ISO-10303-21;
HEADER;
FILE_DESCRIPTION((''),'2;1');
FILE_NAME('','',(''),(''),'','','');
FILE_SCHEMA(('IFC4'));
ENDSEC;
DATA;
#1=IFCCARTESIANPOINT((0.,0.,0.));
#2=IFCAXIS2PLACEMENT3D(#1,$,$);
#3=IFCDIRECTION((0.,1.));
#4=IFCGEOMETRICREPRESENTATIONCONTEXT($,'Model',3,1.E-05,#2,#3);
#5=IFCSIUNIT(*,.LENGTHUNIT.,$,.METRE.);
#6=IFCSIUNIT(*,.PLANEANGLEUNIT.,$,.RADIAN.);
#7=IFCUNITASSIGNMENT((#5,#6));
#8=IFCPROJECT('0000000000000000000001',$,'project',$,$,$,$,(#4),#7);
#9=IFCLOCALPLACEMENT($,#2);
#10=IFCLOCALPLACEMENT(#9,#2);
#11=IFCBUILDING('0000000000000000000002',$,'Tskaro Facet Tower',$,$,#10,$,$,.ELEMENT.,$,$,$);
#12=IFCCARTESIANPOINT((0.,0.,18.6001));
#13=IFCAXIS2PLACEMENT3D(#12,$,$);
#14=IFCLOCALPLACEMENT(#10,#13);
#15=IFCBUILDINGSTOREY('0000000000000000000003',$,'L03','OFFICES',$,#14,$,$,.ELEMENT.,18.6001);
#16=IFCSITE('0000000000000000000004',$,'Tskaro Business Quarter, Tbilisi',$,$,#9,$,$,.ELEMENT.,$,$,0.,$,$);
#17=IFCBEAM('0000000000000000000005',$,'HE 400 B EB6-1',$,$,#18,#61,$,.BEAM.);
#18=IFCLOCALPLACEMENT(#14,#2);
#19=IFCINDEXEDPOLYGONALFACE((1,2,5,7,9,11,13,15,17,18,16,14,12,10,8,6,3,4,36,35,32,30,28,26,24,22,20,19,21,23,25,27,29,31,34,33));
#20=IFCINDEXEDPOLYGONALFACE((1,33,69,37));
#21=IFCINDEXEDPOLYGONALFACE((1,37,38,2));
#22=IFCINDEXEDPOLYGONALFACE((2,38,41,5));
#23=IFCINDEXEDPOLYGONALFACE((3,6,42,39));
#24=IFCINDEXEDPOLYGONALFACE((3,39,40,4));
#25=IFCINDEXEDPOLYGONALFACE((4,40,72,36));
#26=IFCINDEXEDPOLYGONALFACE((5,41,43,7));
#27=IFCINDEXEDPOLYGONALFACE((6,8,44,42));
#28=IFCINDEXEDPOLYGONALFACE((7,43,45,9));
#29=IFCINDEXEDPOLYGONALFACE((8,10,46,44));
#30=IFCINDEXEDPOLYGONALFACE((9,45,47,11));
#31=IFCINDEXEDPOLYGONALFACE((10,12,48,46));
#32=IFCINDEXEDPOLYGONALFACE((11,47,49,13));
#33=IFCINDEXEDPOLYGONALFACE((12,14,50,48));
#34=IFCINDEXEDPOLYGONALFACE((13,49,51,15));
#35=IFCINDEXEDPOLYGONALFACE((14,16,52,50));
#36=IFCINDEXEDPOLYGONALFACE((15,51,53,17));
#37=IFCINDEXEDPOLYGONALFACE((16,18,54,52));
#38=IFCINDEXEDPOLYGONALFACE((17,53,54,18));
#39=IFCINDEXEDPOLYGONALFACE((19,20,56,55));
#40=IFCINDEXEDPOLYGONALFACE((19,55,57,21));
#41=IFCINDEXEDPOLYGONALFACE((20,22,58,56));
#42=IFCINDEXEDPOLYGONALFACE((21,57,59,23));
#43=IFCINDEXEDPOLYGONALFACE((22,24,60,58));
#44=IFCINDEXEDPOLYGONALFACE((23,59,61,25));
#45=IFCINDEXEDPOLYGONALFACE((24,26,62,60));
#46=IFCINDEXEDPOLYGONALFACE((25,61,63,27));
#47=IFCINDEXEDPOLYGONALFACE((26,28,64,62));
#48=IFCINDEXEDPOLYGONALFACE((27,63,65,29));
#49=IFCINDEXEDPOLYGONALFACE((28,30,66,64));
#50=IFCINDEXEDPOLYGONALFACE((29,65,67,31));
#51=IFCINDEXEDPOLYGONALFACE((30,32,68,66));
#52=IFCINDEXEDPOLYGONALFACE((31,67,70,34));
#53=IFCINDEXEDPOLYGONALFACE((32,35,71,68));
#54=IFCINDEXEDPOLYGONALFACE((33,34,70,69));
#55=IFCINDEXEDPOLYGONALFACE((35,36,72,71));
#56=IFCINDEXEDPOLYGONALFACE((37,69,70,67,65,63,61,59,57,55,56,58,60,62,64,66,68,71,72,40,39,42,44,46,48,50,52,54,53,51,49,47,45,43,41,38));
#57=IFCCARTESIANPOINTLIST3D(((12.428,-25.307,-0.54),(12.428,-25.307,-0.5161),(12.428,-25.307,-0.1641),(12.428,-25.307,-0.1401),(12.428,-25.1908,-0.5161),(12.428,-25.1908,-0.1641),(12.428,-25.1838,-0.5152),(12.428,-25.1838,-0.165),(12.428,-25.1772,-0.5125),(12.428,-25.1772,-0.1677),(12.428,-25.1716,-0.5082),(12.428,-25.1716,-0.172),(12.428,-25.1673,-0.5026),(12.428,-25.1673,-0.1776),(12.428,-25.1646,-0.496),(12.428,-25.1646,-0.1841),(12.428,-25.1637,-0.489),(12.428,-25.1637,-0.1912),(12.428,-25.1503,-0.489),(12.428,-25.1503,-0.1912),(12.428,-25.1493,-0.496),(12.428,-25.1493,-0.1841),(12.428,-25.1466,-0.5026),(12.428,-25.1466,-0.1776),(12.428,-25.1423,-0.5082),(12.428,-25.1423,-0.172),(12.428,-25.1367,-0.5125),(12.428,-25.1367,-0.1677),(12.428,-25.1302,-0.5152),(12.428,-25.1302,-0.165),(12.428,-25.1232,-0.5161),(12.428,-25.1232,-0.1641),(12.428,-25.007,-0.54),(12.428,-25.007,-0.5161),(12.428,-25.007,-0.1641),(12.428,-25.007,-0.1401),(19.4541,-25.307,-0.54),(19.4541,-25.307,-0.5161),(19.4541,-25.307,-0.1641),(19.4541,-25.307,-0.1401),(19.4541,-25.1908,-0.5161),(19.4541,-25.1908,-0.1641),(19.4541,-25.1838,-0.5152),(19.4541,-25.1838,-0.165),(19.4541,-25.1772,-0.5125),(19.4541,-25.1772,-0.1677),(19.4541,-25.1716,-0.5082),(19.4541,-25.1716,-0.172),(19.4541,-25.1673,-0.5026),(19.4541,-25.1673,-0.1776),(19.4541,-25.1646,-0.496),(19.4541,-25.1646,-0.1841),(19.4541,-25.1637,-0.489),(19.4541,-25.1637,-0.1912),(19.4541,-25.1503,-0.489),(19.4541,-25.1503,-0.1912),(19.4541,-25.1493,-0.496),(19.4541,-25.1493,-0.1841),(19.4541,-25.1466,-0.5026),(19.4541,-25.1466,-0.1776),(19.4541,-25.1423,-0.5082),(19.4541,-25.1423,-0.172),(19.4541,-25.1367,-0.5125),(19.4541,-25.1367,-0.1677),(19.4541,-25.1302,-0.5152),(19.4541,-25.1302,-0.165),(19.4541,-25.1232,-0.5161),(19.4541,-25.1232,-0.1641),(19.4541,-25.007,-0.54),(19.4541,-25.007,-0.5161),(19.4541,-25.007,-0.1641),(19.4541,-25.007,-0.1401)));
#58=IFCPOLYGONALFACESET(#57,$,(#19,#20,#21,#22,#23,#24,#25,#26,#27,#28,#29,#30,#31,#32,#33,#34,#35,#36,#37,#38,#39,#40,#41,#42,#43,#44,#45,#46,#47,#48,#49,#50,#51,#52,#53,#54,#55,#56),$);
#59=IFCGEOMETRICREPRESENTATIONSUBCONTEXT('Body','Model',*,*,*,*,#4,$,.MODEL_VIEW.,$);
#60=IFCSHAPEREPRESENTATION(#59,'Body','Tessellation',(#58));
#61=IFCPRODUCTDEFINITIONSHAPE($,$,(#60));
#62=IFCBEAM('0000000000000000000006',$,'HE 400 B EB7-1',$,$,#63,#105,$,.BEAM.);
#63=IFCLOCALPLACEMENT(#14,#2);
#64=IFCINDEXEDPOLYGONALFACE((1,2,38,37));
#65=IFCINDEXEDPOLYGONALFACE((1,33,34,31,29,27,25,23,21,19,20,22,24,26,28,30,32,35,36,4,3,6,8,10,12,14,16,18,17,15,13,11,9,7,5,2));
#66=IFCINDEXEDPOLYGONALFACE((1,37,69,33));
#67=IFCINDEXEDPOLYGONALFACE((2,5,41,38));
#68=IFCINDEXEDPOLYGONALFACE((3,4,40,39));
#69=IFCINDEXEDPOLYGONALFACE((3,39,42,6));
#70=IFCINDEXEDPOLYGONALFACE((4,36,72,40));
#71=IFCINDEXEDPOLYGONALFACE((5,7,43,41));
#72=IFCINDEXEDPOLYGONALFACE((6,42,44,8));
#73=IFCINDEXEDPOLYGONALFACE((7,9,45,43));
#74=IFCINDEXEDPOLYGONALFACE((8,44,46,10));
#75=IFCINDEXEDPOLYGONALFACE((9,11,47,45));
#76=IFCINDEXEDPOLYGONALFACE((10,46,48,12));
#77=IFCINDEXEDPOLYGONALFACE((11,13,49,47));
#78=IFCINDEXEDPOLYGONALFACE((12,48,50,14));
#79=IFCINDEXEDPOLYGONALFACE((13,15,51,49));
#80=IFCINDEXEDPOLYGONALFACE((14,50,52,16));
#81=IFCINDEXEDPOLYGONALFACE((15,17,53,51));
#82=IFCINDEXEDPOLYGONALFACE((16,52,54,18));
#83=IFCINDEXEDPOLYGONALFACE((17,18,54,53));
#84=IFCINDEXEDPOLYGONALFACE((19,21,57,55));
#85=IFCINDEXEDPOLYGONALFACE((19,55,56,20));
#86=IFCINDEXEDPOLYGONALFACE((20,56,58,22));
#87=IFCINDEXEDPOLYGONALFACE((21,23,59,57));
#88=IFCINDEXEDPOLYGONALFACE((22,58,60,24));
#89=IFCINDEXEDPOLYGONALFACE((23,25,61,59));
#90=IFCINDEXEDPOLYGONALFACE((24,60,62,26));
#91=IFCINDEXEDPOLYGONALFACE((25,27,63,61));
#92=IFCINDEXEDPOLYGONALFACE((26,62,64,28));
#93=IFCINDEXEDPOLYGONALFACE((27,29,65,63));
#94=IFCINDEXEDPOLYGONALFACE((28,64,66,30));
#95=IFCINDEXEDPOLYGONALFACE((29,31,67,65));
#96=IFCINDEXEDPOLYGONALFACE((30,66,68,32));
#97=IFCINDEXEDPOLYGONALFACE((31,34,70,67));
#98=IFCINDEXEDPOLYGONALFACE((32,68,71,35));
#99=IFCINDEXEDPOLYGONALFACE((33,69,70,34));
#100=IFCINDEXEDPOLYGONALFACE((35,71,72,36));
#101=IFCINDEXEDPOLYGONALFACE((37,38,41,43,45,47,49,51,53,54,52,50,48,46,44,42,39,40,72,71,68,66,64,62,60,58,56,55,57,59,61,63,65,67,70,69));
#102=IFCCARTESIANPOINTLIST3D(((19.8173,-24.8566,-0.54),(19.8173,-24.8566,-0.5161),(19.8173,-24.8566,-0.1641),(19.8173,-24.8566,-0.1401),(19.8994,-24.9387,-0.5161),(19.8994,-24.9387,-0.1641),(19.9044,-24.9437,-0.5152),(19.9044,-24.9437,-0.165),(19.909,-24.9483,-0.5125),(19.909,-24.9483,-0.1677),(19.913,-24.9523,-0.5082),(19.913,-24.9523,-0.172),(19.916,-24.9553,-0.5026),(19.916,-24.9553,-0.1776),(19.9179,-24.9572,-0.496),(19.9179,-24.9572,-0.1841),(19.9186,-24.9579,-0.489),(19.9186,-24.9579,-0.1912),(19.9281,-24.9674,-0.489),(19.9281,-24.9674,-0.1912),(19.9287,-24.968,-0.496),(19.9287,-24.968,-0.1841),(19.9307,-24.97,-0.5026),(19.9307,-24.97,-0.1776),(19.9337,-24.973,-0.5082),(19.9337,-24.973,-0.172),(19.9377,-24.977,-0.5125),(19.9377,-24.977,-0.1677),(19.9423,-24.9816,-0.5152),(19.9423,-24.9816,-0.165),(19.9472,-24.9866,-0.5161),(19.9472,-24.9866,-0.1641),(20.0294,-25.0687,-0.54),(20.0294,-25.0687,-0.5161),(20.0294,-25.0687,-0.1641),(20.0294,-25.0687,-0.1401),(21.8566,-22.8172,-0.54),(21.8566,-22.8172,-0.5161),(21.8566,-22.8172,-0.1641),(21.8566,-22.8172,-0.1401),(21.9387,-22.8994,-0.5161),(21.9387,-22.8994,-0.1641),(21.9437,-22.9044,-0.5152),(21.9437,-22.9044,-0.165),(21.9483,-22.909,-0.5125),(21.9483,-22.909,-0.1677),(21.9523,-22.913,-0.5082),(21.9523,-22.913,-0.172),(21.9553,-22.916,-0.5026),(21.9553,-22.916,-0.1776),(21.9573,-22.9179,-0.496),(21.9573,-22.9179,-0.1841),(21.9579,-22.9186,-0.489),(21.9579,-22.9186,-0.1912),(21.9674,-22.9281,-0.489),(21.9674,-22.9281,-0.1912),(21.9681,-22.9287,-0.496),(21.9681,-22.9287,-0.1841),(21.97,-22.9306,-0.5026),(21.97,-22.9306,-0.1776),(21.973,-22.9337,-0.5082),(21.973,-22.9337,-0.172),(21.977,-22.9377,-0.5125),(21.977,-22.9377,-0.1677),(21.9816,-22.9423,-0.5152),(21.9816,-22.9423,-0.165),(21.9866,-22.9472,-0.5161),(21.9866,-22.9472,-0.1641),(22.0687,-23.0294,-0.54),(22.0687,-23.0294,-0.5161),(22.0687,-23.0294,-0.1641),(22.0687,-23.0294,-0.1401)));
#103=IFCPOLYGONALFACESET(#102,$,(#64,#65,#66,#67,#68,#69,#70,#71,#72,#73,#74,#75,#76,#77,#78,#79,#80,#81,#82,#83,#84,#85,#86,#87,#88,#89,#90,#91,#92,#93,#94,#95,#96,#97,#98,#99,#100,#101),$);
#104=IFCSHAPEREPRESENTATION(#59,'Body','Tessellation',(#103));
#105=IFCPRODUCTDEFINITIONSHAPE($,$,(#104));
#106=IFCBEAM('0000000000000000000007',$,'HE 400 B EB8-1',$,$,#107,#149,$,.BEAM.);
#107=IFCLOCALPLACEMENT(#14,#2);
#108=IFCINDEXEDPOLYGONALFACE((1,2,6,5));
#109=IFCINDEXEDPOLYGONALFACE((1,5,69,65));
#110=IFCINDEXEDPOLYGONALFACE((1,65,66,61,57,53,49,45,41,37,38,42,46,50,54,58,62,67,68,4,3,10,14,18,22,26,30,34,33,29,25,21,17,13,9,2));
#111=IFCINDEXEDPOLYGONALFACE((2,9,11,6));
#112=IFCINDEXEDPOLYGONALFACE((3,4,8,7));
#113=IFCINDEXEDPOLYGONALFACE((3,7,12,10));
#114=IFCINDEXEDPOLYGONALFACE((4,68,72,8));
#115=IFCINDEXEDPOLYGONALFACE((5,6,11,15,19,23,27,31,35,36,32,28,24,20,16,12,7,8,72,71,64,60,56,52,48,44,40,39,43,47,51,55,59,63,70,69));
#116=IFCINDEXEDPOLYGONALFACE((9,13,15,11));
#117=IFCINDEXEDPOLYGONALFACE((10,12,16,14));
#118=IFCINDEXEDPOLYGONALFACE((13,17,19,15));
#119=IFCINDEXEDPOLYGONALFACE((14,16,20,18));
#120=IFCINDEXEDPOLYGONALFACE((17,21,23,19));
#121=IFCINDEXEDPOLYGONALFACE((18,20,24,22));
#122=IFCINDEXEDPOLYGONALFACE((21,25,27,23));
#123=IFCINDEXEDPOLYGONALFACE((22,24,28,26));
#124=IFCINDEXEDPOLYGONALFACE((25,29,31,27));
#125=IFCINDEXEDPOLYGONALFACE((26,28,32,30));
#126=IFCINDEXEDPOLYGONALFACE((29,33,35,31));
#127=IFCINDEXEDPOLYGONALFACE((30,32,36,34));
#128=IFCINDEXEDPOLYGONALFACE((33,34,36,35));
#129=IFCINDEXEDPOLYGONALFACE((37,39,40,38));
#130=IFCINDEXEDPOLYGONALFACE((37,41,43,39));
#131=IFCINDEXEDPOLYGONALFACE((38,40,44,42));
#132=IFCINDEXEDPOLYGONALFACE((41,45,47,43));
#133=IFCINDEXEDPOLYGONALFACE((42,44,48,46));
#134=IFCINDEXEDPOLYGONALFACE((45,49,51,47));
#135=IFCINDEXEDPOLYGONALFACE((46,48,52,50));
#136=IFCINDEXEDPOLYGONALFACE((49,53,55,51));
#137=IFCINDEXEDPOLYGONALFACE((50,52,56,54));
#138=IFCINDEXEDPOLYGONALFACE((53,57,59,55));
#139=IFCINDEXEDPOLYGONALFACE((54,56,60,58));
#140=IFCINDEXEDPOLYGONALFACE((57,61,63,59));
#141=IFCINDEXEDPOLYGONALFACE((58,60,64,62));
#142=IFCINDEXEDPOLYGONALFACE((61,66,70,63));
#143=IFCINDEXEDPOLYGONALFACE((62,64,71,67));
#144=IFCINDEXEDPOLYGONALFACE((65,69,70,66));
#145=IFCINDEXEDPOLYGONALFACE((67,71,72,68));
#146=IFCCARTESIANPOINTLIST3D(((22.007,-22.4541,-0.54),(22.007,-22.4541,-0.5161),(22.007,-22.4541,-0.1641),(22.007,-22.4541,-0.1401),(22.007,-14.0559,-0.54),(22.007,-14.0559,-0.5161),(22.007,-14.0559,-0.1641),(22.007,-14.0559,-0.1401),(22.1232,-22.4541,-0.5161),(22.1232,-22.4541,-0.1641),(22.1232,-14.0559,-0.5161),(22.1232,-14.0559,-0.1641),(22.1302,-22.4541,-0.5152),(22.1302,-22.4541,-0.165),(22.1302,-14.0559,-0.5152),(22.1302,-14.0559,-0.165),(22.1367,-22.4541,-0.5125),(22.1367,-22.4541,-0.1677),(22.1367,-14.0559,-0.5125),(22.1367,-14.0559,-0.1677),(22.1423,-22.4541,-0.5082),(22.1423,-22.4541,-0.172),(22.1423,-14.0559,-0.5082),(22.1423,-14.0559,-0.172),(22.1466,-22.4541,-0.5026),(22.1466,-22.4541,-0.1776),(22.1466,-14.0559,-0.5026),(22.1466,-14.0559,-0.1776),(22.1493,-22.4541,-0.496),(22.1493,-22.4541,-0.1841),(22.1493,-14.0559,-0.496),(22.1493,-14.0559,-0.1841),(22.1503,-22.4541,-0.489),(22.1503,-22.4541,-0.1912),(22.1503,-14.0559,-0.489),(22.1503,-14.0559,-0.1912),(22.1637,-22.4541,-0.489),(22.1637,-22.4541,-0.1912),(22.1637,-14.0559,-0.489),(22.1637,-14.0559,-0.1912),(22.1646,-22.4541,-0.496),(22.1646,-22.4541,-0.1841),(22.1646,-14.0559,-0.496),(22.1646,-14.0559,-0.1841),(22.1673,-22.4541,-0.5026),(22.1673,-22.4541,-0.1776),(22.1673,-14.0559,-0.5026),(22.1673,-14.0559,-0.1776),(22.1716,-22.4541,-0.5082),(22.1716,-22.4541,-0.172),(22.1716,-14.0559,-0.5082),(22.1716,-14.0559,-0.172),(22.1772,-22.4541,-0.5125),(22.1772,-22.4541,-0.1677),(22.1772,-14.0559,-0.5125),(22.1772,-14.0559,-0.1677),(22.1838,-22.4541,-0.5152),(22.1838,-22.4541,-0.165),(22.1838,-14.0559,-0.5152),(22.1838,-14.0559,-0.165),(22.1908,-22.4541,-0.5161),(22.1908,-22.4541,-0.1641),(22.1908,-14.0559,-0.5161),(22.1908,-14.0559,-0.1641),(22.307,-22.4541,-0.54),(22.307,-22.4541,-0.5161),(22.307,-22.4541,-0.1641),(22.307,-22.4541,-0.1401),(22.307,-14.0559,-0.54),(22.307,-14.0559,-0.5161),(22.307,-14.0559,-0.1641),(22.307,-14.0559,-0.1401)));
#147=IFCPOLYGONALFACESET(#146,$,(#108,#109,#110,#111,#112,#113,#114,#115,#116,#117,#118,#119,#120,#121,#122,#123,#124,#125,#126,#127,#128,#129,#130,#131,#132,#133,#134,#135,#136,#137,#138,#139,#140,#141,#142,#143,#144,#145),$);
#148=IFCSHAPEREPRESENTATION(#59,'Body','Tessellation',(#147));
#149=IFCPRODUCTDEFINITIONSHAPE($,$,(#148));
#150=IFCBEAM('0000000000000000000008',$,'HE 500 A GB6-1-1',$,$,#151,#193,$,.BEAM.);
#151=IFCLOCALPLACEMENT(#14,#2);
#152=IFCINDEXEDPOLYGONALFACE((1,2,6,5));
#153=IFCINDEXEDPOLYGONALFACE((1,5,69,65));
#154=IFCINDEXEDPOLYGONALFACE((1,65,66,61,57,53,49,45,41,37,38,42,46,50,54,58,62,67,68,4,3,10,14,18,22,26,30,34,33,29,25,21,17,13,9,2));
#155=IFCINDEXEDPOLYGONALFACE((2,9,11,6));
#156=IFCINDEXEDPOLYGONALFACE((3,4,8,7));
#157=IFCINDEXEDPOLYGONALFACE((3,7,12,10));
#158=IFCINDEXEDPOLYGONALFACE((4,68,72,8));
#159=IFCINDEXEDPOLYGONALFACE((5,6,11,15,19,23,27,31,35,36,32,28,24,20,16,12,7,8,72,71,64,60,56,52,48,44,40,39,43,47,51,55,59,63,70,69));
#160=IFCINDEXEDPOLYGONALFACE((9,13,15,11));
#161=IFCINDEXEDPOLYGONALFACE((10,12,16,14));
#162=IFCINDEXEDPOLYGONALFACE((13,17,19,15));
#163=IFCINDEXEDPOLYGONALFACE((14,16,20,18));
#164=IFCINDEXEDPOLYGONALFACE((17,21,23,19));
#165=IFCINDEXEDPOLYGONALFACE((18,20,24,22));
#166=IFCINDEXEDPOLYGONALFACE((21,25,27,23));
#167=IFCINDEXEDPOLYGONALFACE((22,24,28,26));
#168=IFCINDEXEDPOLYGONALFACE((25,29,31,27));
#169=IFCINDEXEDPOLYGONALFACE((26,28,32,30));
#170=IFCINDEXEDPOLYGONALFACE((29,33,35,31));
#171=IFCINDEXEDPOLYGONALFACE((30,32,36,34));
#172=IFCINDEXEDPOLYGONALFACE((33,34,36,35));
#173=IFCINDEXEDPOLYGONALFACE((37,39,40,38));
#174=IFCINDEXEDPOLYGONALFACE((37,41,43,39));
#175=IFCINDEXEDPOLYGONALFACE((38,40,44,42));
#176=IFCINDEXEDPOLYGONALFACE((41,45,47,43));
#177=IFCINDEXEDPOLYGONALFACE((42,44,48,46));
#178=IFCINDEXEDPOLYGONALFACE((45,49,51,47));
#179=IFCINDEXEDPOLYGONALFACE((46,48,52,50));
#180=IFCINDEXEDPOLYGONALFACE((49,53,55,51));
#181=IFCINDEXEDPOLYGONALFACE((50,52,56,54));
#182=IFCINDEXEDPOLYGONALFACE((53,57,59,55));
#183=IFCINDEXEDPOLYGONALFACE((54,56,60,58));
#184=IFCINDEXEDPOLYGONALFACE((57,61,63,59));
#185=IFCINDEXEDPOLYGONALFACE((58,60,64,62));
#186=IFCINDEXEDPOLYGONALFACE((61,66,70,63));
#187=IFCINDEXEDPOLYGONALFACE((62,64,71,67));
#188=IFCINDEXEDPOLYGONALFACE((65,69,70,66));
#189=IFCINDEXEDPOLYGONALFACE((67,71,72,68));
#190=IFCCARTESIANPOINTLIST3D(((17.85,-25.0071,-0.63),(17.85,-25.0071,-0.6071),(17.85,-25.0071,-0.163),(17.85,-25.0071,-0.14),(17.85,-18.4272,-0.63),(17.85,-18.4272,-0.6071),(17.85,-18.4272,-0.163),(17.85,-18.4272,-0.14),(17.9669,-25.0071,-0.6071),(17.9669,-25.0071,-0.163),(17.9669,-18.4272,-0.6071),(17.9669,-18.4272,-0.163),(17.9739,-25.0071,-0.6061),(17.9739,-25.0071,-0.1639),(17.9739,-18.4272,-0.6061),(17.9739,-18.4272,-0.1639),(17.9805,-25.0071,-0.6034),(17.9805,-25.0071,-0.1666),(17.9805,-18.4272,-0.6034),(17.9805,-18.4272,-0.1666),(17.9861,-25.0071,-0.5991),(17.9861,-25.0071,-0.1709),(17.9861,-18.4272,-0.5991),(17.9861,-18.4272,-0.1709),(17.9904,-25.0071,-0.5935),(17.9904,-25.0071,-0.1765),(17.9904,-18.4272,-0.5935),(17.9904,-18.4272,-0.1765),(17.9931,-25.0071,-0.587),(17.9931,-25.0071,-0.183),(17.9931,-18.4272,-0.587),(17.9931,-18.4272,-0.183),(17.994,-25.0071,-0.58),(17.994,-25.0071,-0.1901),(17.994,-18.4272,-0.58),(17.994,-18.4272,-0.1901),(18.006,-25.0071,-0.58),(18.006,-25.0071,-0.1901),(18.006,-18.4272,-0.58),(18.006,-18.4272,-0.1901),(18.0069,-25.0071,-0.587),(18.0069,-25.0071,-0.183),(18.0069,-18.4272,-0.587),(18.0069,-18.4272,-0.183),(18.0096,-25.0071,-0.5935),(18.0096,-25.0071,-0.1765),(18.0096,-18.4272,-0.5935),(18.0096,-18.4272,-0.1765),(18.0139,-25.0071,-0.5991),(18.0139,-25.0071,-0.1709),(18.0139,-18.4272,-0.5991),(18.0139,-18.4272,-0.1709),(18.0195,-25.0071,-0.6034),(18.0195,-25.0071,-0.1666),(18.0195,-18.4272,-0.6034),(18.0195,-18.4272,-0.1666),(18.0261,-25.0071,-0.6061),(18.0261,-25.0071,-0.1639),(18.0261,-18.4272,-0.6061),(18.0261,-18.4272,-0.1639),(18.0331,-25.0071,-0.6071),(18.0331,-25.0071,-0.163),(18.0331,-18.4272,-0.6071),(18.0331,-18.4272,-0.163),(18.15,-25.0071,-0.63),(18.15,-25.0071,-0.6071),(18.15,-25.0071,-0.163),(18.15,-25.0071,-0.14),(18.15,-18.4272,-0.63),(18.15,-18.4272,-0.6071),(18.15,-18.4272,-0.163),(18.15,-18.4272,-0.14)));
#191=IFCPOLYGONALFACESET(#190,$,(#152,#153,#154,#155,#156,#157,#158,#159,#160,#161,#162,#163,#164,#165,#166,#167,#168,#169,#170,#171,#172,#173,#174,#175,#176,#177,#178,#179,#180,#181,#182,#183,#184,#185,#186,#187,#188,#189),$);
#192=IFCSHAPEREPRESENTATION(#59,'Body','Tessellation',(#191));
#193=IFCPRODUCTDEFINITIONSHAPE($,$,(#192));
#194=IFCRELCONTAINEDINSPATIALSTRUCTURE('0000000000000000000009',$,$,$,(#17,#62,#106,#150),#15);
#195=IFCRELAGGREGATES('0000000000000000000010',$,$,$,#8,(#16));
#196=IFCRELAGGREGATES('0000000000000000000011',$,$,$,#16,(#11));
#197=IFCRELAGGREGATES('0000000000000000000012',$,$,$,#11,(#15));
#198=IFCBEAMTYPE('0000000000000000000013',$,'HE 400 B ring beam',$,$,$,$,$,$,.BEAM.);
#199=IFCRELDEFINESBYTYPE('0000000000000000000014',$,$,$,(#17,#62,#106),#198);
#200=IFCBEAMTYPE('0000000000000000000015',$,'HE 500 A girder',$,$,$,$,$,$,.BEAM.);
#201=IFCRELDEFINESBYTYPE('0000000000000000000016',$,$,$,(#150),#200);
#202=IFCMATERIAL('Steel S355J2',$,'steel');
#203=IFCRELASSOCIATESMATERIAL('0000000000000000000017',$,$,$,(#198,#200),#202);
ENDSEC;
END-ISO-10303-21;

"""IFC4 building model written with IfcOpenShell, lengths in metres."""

from ifc_helpers import new_model, si_unit, direction, frame, origin, origin_2d, place, context, subcontext, project, spatial, i_section, extrude, material, material_profile, profile_set, type_object, element, save


model = new_model("IFC4")

# Units and contexts
model_context = context("Model", 3, precision=1e-05, world=origin(), true_north=direction((0.0, 1.0)))
body_context = subcontext(model_context, "Body", "Model", "MODEL_VIEW")
ifc_project = project(units=[si_unit("LENGTHUNIT", "METRE"), si_unit("PLANEANGLEUNIT", "RADIAN")], contexts=[model_context])

# Site, building, storey
site_placement = place(None, origin())
site = spatial("IfcSite", under=ifc_project, at=site_placement, Name="Tskaro Business Quarter, Tbilisi", CompositionType="ELEMENT", RefElevation=0.0)
building_placement = place(site_placement, origin())
building = spatial("IfcBuilding", under=site, at=building_placement, Name="Tskaro Facet Tower", CompositionType="ELEMENT")
storey_placement = place(building_placement, frame((0.0, 0.0, 18.6001)))
storey = spatial("IfcBuildingStorey", under=building, at=storey_placement, Name="L03", Description="OFFICES", CompositionType="ELEMENT", Elevation=18.6001)

# Beams
ifc_material_1 = material(Name="Steel S355J2", Category="steel")
ifc_material_profile_1 = material_profile(ifc_material_1, i_section(OverallWidth=0.3, OverallDepth=0.3999, WebThickness=0.0134, FlangeThickness=0.0239, FilletRadius=0.0271, at=origin_2d()), Name="HE 400 B")
ifc_profile_set_1 = profile_set([ifc_material_profile_1], Name="Steel S355J2")
beam_type_1 = type_object("IfcBeamType", Name="HE 400 B ring beam", PredefinedType="BEAM", material=ifc_profile_set_1)
beam_1_placement = place(storey_placement, frame((12.428, -25.157, -0.3401), z_axis=(1.0, 0.0, 0.0), x_axis=(0.0, 1.0, 0.0)))
element("IfcBeam", 1, at=beam_1_placement, inside=storey, type_object=beam_type_1, Name="HE 400 B EB6-1", PredefinedType="BEAM", context=body_context, shape_type="SweptSolid", body=[
    extrude(i_section(OverallWidth=0.3, OverallDepth=0.3999, WebThickness=0.0134, FlangeThickness=0.0239, FilletRadius=0.0271, at=origin_2d()), origin(), (0.0, 0.0, 1.0), 7.0261),
])
beam_2_placement = place(storey_placement, frame((19.9233, -24.9626, -0.3401), z_axis=(0.707107, 0.707107, 0.0), x_axis=(-0.707107, 0.707107, 0.0)))
element("IfcBeam", 2, at=beam_2_placement, inside=storey, type_object=beam_type_1, Name="HE 400 B EB7-1", PredefinedType="BEAM", context=body_context, shape_type="SweptSolid", body=[
    extrude(i_section(OverallWidth=0.3, OverallDepth=0.3999, WebThickness=0.0134, FlangeThickness=0.0239, FilletRadius=0.0271, at=origin_2d()), origin(), (0.0, 0.0, 1.0), 2.884),
])
beam_3_placement = place(storey_placement, frame((22.157, -22.4541, -0.3401), z_axis=(0.0, 1.0, 0.0), x_axis=(-1.0, 0.0, 0.0)))
element("IfcBeam", 3, at=beam_3_placement, inside=storey, type_object=beam_type_1, Name="HE 400 B EB8-1", PredefinedType="BEAM", context=body_context, shape_type="SweptSolid", body=[
    extrude(i_section(OverallWidth=0.3, OverallDepth=0.3999, WebThickness=0.0134, FlangeThickness=0.0239, FilletRadius=0.0271, at=origin_2d()), origin(), (0.0, 0.0, 1.0), 8.3982),
])
ifc_material_profile_2 = material_profile(ifc_material_1, i_section(OverallWidth=0.3, OverallDepth=0.49, WebThickness=0.012, FlangeThickness=0.0229, FilletRadius=0.0271, at=origin_2d()), Name="HE 500 A")
ifc_profile_set_2 = profile_set([ifc_material_profile_2], Name="Steel S355J2")
beam_type_2 = type_object("IfcBeamType", Name="HE 500 A girder", PredefinedType="BEAM", material=ifc_profile_set_2)
beam_4_placement = place(storey_placement, frame((18.0, -25.0071, -0.385), z_axis=(0.0, 1.0, 0.0), x_axis=(-1.0, 0.0, 0.0)))
element("IfcBeam", 4, at=beam_4_placement, inside=storey, type_object=beam_type_2, Name="HE 500 A GB6-1-1", PredefinedType="BEAM", context=body_context, shape_type="SweptSolid", body=[
    extrude(i_section(OverallWidth=0.3, OverallDepth=0.49, WebThickness=0.012, FlangeThickness=0.0229, FilletRadius=0.0271, at=origin_2d()), origin(), (0.0, 0.0, 1.0), 6.5798),
])

save(model, "model.ifc")
